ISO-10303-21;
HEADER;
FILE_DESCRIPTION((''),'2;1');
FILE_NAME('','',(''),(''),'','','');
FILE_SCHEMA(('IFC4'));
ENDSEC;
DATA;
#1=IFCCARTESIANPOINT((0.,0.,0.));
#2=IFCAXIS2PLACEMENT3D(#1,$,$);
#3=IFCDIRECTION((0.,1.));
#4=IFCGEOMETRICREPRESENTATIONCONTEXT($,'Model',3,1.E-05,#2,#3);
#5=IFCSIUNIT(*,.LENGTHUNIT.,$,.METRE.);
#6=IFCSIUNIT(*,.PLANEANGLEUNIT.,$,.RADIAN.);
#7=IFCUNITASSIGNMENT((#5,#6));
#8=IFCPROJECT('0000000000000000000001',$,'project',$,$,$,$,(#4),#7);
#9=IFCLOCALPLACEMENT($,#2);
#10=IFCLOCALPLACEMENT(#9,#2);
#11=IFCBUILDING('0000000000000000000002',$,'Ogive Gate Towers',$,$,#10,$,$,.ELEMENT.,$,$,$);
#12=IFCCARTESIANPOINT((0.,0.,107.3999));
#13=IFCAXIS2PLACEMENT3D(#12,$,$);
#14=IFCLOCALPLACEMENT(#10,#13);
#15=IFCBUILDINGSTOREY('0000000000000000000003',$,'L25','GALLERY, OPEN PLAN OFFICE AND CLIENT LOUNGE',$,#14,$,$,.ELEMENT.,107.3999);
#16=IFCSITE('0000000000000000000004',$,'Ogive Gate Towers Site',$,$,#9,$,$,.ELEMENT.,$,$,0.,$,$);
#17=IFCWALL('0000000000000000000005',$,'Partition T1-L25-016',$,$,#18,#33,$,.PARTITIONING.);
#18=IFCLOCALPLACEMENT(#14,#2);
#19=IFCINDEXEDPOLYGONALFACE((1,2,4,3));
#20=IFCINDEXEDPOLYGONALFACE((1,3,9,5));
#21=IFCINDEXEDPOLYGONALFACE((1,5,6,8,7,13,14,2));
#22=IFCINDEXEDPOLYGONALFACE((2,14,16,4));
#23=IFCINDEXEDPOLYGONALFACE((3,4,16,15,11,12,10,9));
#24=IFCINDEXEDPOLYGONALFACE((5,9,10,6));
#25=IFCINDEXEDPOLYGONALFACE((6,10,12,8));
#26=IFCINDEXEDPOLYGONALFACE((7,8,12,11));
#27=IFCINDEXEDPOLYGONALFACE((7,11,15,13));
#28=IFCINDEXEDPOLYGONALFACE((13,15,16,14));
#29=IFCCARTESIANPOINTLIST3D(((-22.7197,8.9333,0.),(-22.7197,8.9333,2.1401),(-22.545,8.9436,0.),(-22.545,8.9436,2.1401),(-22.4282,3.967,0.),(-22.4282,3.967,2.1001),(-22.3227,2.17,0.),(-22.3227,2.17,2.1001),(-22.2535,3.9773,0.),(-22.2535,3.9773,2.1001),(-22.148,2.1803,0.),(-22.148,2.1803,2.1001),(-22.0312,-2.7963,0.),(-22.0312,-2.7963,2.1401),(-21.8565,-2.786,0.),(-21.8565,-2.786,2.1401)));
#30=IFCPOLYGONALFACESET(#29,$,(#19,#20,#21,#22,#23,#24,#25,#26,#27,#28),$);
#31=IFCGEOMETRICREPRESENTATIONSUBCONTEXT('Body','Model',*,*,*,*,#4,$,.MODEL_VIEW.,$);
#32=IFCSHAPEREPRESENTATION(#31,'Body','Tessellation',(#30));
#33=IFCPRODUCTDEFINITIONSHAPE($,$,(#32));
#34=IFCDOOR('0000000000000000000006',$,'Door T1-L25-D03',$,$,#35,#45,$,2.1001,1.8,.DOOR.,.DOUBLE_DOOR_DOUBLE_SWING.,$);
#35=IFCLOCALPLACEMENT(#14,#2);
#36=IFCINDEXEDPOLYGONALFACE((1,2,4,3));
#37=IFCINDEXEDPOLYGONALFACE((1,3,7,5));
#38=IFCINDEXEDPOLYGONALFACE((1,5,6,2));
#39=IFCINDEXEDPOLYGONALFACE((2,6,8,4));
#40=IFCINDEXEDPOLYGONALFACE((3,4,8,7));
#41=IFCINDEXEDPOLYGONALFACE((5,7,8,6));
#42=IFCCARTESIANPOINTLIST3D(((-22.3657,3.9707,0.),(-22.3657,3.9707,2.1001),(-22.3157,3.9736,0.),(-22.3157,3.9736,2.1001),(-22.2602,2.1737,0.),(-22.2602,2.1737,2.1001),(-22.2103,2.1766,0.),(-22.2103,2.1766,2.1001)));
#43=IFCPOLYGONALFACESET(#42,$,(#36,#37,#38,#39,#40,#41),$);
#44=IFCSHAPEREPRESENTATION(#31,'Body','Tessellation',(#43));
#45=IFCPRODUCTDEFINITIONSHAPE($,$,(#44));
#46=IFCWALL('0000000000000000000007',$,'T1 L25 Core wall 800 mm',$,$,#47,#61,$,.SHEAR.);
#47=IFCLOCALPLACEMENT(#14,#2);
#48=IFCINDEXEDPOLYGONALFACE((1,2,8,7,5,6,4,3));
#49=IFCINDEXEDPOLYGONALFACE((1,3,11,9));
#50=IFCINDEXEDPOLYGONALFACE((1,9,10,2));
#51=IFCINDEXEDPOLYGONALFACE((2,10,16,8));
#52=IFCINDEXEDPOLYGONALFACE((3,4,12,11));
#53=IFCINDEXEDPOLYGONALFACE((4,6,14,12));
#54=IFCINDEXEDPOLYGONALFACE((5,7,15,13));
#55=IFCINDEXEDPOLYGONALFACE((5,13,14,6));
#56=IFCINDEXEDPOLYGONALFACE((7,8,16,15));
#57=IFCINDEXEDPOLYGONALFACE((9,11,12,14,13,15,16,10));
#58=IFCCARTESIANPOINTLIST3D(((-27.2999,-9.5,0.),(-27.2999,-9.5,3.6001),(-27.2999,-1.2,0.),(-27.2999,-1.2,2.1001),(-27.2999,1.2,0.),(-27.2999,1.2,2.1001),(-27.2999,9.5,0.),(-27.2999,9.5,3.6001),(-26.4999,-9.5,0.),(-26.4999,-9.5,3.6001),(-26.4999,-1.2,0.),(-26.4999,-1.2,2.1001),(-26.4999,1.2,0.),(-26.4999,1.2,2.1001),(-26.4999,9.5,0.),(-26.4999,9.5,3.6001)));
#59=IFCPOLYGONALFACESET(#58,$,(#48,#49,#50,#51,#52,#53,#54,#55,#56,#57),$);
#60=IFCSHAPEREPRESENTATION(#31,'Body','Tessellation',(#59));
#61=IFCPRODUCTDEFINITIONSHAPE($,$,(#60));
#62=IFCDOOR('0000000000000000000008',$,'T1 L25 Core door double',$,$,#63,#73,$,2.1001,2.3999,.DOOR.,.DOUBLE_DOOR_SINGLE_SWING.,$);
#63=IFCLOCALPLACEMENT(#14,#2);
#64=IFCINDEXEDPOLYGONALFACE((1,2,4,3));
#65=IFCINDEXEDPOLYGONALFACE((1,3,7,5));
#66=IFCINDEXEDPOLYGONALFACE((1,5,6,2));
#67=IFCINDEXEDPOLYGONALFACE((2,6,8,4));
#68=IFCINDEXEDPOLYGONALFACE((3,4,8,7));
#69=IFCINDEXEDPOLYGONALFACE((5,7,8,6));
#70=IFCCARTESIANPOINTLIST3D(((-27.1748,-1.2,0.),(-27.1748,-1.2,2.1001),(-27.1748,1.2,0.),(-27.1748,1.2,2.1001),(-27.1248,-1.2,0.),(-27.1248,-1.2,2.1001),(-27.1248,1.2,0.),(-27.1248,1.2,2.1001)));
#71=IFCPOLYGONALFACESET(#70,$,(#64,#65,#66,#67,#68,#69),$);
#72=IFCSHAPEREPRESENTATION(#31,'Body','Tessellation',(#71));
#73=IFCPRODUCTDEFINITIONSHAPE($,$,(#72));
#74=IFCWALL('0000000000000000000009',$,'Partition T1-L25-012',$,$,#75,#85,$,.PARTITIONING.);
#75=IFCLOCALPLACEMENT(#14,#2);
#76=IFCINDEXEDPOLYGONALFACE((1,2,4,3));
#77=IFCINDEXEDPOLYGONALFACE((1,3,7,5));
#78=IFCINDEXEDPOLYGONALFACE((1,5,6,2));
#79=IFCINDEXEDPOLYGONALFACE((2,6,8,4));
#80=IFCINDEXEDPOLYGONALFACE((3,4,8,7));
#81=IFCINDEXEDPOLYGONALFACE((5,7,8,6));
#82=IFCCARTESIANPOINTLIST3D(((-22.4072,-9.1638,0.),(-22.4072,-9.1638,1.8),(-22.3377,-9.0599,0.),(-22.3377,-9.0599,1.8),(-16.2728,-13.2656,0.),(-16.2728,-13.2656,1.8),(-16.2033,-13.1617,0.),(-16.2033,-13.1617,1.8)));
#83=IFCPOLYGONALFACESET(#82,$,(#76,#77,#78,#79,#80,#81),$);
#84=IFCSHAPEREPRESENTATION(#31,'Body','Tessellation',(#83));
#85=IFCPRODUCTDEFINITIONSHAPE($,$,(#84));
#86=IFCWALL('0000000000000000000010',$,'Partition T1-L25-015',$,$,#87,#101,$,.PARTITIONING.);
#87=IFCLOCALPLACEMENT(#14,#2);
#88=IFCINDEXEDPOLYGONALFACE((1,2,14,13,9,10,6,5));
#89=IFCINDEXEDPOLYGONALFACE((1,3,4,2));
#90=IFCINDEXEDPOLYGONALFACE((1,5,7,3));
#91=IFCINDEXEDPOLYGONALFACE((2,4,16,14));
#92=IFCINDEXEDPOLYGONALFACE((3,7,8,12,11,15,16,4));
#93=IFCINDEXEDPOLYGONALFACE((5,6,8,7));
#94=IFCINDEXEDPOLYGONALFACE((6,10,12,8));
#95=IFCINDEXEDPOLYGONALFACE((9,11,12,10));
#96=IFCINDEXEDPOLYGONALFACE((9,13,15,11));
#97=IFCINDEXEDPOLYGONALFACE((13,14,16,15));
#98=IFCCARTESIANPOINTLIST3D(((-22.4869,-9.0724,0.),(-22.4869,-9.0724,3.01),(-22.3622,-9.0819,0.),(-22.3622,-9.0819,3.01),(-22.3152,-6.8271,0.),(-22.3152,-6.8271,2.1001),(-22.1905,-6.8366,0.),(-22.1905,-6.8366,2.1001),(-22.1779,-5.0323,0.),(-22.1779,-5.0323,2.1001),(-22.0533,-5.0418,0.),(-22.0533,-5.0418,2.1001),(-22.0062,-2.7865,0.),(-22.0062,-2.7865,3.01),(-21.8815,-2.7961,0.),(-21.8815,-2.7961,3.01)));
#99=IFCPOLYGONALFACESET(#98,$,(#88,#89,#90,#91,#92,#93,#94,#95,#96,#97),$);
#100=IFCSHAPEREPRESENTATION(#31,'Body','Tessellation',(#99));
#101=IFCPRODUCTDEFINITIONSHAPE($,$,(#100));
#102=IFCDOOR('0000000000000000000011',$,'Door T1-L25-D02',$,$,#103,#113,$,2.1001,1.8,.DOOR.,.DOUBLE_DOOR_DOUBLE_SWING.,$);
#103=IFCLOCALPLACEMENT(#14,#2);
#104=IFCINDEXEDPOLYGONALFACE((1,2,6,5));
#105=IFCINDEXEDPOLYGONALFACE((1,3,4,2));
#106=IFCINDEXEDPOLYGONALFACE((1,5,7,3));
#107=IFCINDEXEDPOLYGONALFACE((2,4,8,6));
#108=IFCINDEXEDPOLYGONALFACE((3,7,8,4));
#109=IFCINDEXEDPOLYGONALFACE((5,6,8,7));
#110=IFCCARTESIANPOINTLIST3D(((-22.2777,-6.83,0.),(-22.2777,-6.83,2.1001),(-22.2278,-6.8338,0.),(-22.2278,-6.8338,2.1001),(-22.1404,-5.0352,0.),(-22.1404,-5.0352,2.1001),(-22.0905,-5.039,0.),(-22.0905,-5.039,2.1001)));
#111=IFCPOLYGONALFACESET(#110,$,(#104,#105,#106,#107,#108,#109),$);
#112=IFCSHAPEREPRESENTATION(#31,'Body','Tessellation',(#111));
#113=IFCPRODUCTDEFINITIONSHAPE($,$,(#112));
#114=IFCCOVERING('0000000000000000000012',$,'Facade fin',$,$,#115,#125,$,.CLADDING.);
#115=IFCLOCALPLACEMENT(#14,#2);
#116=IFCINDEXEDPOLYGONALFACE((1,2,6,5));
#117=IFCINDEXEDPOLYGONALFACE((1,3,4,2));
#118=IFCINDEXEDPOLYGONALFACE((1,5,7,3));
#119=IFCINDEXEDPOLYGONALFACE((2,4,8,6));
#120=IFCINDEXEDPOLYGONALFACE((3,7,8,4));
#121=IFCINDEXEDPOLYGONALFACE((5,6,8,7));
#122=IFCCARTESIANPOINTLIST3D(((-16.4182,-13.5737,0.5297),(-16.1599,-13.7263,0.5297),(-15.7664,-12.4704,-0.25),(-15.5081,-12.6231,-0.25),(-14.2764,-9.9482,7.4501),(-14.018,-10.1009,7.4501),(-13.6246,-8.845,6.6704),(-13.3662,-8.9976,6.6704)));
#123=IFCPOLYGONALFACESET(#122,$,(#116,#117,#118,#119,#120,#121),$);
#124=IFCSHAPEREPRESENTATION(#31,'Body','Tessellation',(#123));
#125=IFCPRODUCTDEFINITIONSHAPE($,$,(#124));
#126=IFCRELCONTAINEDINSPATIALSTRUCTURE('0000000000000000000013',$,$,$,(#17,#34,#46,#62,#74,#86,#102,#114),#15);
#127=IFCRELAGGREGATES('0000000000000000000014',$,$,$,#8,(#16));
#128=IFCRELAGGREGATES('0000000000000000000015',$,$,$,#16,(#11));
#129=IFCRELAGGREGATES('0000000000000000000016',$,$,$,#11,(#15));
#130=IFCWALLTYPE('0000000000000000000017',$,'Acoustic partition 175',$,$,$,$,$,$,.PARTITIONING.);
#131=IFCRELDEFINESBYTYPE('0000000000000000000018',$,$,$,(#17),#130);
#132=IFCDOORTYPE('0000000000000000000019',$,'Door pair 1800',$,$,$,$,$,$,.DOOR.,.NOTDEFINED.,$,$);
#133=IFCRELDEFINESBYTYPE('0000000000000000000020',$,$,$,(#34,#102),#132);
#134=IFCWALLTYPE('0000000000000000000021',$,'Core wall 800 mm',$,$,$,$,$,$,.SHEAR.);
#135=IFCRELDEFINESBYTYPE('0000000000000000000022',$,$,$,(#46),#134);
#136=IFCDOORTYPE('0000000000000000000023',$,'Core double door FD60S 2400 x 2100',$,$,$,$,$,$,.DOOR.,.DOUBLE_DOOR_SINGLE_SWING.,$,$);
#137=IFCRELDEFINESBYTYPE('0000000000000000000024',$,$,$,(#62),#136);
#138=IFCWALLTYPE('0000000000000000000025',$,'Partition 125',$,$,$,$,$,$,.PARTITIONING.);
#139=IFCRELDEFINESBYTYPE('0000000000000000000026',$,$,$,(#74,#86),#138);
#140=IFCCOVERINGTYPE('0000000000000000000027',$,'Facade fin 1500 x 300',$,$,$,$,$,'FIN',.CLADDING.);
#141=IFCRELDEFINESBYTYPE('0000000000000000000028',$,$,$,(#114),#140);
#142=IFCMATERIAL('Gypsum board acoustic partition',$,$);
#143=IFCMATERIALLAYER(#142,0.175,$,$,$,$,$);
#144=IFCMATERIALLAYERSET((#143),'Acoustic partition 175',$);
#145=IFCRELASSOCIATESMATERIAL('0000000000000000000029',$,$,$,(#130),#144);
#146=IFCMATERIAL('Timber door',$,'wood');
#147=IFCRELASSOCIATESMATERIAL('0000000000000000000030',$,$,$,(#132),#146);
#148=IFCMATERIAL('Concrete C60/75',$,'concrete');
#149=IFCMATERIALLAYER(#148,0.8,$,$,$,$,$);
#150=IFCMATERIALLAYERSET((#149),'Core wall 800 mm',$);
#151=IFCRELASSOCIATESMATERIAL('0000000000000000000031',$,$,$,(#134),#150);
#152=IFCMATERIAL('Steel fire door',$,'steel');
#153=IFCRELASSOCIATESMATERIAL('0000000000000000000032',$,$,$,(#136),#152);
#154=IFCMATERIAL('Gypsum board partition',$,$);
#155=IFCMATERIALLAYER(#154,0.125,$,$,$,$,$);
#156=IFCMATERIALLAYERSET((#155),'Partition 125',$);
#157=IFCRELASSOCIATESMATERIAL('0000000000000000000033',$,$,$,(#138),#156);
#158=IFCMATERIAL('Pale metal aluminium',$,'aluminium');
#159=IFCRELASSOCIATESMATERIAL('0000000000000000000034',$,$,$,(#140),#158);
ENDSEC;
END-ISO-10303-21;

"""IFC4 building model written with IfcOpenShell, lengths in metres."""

from ifc_helpers import new_model, si_unit, direction, frame, frame_2d, origin, origin_2d, place, context, subcontext, project, spatial, rectangle, extrude, material, layer, layer_set, material_profile, profile_set, type_object, element, fill, save


model = new_model("IFC4")

# Units and contexts
model_context = context("Model", 3, precision=1e-05, world=origin(), true_north=direction((0.0, 1.0)))
body_context = subcontext(model_context, "Body", "Model", "MODEL_VIEW")
ifc_project = project(units=[si_unit("LENGTHUNIT", "METRE"), si_unit("PLANEANGLEUNIT", "RADIAN")], contexts=[model_context])

# Site, building, storey
site_placement = place(None, origin())
site = spatial("IfcSite", under=ifc_project, at=site_placement, Name="Ogive Gate Towers Site", CompositionType="ELEMENT", RefElevation=0.0)
building_placement = place(site_placement, origin())
building = spatial("IfcBuilding", under=site, at=building_placement, Name="Ogive Gate Towers", CompositionType="ELEMENT")
storey_placement = place(building_placement, frame((0.0, 0.0, 107.3999)))
storey = spatial("IfcBuildingStorey", under=building, at=storey_placement, Name="L25", Description="GALLERY, OPEN PLAN OFFICE AND CLIENT LOUNGE", CompositionType="ELEMENT", Elevation=107.3999)

# Shared definitions
ifc_material_1 = material(Name="Pale metal aluminium", Category="aluminium")

# Shared definitions
ifc_material_2 = material(Name="Gypsum board acoustic partition")
ifc_layer_1 = layer(ifc_material_2, 0.175)
ifc_layer_set_1 = layer_set([ifc_layer_1], Name="Acoustic partition 175")
wall_type_1 = type_object("IfcWallType", Name="Acoustic partition 175", PredefinedType="PARTITIONING", material=ifc_layer_set_1)

# Walls, openings, doors
wall_1_placement = place(storey_placement, frame((-21.9438, -2.7913, 0.0), z_axis=(0.0, 0.0, 1.0), x_axis=(-0.058595, 0.998282, 0.0)))
wall_1 = element("IfcWall", 1, at=wall_1_placement, inside=storey, type_object=wall_type_1, Name="Partition T1-L25-016", PredefinedType="PARTITIONING", context=body_context, shape_type="SweptSolid", body=[
    extrude(rectangle(XDim=11.7498, YDim=0.175, at=frame_2d((5.875, 0.0))), origin(), (0.0, 0.0, 1.0), 2.1401),
])
opening_1_placement = place(wall_1_placement, frame((4.9751, 0.0, 0.0)))
opening_1 = element("IfcOpeningElement", 2, at=opening_1_placement, cuts=wall_1, PredefinedType="OPENING", context=body_context, shape_type="SweptSolid", body=[
    extrude(rectangle(XDim=1.8, YDim=2.1001, at=frame_2d((0.8999, 1.05))), frame((0.0, 0.0977, 0.0), z_axis=(0.0, -1.0, 0.0), x_axis=(1.0, 0.0, 0.0)), (0.0, 0.0, 1.0), 0.1951),
])
ifc_material_3 = material(Name="Timber door", Category="wood")
door_type_1 = type_object("IfcDoorType", Name="Door pair 1800", OperationType="NOTDEFINED", PredefinedType="DOOR", material=ifc_material_3)
door_1_placement = place(opening_1_placement, origin())
door_1 = element("IfcDoor", 3, at=door_1_placement, inside=storey, type_object=door_type_1, Name="Door T1-L25-D03", OperationType="DOUBLE_DOOR_DOUBLE_SWING", OverallHeight=2.1001, OverallWidth=1.8, PredefinedType="DOOR", context=body_context, shape_type="SweptSolid", body=[
    extrude(rectangle(XDim=1.8, YDim=2.1001, at=frame_2d((0.8999, 1.05))), frame((0.0, 0.0249, 0.0), z_axis=(0.0, -1.0, 0.0), x_axis=(1.0, 0.0, 0.0)), (0.0, 0.0, 1.0), 0.05),
])
fill(opening_1, door_1)
ifc_material_4 = material(Name="Concrete C60/75", Category="concrete")
ifc_layer_2 = layer(ifc_material_4, 0.8)
ifc_layer_set_2 = layer_set([ifc_layer_2], Name="Core wall 800 mm")
wall_type_2 = type_object("IfcWallType", Name="Core wall 800 mm", PredefinedType="SHEAR", material=ifc_layer_set_2)
wall_2_placement = place(storey_placement, frame((-26.8999, -9.5, 0.0), z_axis=(0.0, 0.0, 1.0), x_axis=(0.0, 1.0, 0.0)))
wall_2 = element("IfcWall", 4, at=wall_2_placement, inside=storey, type_object=wall_type_2, Name="T1 L25 Core wall 800 mm", PredefinedType="SHEAR", context=body_context, shape_type="SweptSolid", body=[
    extrude(rectangle(XDim=19.0, YDim=0.8, at=frame_2d((9.5, 0.0))), origin(), (0.0, 0.0, 1.0), 3.6001),
])
opening_2_placement = place(wall_2_placement, frame((8.3, 0.0, 0.0)))
opening_2 = element("IfcOpeningElement", 5, at=opening_2_placement, cuts=wall_2, PredefinedType="OPENING", context=body_context, shape_type="SweptSolid", body=[
    extrude(rectangle(XDim=2.3999, YDim=2.1001, at=frame_2d((1.2, 1.05))), frame((0.0, 0.4102, 0.0), z_axis=(0.0, -1.0, 0.0), x_axis=(1.0, 0.0, 0.0)), (0.0, 0.0, 1.0), 0.8201),
])
ifc_material_5 = material(Name="Steel fire door", Category="steel")
door_type_2 = type_object("IfcDoorType", Name="Core double door FD60S 2400 x 2100", OperationType="DOUBLE_DOOR_SINGLE_SWING", PredefinedType="DOOR", material=ifc_material_5)
door_2_placement = place(opening_2_placement, origin())
door_2 = element("IfcDoor", 6, at=door_2_placement, inside=storey, type_object=door_type_2, Name="T1 L25 Core door double", OperationType="DOUBLE_DOOR_SINGLE_SWING", OverallHeight=2.1001, OverallWidth=2.3999, PredefinedType="DOOR", context=body_context, shape_type="SweptSolid", body=[
    extrude(rectangle(XDim=2.3999, YDim=2.1001, at=frame_2d((1.2, 1.05))), frame((0.0, 0.2749, 0.0), z_axis=(0.0, -1.0, 0.0), x_axis=(1.0, 0.0, 0.0)), (0.0, 0.0, 1.0), 0.05),
])
fill(opening_2, door_2)

# Wall
ifc_material_6 = material(Name="Gypsum board partition")
ifc_layer_3 = layer(ifc_material_6, 0.125)
ifc_layer_set_3 = layer_set([ifc_layer_3], Name="Partition 125")
wall_type_3 = type_object("IfcWallType", Name="Partition 125", PredefinedType="PARTITIONING", material=ifc_layer_set_3)
wall_3_placement = place(storey_placement, frame((-16.238, -13.2136, 0.0), z_axis=(0.0, 0.0, 1.0), x_axis=(-0.831291, 0.555837, 0.0)))
element("IfcWall", 7, at=wall_3_placement, inside=storey, type_object=wall_type_3, Name="Partition T1-L25-012", PredefinedType="PARTITIONING", context=body_context, shape_type="SweptSolid", body=[
    extrude(rectangle(XDim=7.3794, YDim=0.125, at=frame_2d((3.6897, 0.0))), origin(), (0.0, 0.0, 1.0), 1.8),
])

# Wall, opening, door
wall_4_placement = place(storey_placement, frame((-22.4246, -9.0771, 0.0), z_axis=(0.0, 0.0, 1.0), x_axis=(0.076252, 0.997089, 0.0)))
wall_4 = element("IfcWall", 8, at=wall_4_placement, inside=storey, type_object=wall_type_3, Name="Partition T1-L25-015", PredefinedType="PARTITIONING", context=body_context, shape_type="SweptSolid", body=[
    extrude(rectangle(XDim=6.3042, YDim=0.125, at=frame_2d((3.1521, 0.0))), origin(), (0.0, 0.0, 1.0), 3.01),
])
opening_3_placement = place(wall_4_placement, frame((2.252, 0.0, 0.0)))
opening_3 = element("IfcOpeningElement", 9, at=opening_3_placement, cuts=wall_4, PredefinedType="OPENING", context=body_context, shape_type="SweptSolid", body=[
    extrude(rectangle(XDim=1.8, YDim=2.1001, at=frame_2d((0.8999, 1.05))), frame((0.0, 0.0725, 0.0), z_axis=(0.0, -1.0, 0.0), x_axis=(1.0, 0.0, 0.0)), (0.0, 0.0, 1.0), 0.145),
])
door_3_placement = place(opening_3_placement, origin())
door_3 = element("IfcDoor", 10, at=door_3_placement, inside=storey, type_object=door_type_1, Name="Door T1-L25-D02", OperationType="DOUBLE_DOOR_DOUBLE_SWING", OverallHeight=2.1001, OverallWidth=1.8, PredefinedType="DOOR", context=body_context, shape_type="SweptSolid", body=[
    extrude(rectangle(XDim=1.8, YDim=2.1001, at=frame_2d((0.8999, 1.05))), frame((0.0, 0.0249, 0.0), z_axis=(0.0, -1.0, 0.0), x_axis=(1.0, 0.0, 0.0)), (0.0, 0.0, 1.0), 0.05),
])
fill(opening_3, door_3)

# Covering
ifc_material_profile_1 = material_profile(ifc_material_1, rectangle(XDim=0.3, YDim=1.5, at=origin_2d()), Name="1500 x 300 pale metal aluminium")
ifc_profile_set_1 = profile_set([ifc_material_profile_1], Name="Pale metal aluminium")
covering_type = type_object("IfcCoveringType", Name="Facade fin 1500 x 300", ElementType="FIN", PredefinedType="CLADDING", material=ifc_profile_set_1)
covering_placement = place(storey_placement, frame((-15.9631, -13.0984, 0.1399), z_axis=(0.264398, 0.447544, 0.854282), x_axis=(-0.860977, 0.508643, 0.0)))
element("IfcCovering", 11, at=covering_placement, inside=storey, type_object=covering_type, Name="Facade fin", PredefinedType="CLADDING", context=body_context, shape_type="SweptSolid", body=[
    extrude(rectangle(XDim=0.3, YDim=1.5, at=origin_2d()), origin(), (0.0, 0.0, 1.0), 8.1008),
])

save(model, "model.ifc")
